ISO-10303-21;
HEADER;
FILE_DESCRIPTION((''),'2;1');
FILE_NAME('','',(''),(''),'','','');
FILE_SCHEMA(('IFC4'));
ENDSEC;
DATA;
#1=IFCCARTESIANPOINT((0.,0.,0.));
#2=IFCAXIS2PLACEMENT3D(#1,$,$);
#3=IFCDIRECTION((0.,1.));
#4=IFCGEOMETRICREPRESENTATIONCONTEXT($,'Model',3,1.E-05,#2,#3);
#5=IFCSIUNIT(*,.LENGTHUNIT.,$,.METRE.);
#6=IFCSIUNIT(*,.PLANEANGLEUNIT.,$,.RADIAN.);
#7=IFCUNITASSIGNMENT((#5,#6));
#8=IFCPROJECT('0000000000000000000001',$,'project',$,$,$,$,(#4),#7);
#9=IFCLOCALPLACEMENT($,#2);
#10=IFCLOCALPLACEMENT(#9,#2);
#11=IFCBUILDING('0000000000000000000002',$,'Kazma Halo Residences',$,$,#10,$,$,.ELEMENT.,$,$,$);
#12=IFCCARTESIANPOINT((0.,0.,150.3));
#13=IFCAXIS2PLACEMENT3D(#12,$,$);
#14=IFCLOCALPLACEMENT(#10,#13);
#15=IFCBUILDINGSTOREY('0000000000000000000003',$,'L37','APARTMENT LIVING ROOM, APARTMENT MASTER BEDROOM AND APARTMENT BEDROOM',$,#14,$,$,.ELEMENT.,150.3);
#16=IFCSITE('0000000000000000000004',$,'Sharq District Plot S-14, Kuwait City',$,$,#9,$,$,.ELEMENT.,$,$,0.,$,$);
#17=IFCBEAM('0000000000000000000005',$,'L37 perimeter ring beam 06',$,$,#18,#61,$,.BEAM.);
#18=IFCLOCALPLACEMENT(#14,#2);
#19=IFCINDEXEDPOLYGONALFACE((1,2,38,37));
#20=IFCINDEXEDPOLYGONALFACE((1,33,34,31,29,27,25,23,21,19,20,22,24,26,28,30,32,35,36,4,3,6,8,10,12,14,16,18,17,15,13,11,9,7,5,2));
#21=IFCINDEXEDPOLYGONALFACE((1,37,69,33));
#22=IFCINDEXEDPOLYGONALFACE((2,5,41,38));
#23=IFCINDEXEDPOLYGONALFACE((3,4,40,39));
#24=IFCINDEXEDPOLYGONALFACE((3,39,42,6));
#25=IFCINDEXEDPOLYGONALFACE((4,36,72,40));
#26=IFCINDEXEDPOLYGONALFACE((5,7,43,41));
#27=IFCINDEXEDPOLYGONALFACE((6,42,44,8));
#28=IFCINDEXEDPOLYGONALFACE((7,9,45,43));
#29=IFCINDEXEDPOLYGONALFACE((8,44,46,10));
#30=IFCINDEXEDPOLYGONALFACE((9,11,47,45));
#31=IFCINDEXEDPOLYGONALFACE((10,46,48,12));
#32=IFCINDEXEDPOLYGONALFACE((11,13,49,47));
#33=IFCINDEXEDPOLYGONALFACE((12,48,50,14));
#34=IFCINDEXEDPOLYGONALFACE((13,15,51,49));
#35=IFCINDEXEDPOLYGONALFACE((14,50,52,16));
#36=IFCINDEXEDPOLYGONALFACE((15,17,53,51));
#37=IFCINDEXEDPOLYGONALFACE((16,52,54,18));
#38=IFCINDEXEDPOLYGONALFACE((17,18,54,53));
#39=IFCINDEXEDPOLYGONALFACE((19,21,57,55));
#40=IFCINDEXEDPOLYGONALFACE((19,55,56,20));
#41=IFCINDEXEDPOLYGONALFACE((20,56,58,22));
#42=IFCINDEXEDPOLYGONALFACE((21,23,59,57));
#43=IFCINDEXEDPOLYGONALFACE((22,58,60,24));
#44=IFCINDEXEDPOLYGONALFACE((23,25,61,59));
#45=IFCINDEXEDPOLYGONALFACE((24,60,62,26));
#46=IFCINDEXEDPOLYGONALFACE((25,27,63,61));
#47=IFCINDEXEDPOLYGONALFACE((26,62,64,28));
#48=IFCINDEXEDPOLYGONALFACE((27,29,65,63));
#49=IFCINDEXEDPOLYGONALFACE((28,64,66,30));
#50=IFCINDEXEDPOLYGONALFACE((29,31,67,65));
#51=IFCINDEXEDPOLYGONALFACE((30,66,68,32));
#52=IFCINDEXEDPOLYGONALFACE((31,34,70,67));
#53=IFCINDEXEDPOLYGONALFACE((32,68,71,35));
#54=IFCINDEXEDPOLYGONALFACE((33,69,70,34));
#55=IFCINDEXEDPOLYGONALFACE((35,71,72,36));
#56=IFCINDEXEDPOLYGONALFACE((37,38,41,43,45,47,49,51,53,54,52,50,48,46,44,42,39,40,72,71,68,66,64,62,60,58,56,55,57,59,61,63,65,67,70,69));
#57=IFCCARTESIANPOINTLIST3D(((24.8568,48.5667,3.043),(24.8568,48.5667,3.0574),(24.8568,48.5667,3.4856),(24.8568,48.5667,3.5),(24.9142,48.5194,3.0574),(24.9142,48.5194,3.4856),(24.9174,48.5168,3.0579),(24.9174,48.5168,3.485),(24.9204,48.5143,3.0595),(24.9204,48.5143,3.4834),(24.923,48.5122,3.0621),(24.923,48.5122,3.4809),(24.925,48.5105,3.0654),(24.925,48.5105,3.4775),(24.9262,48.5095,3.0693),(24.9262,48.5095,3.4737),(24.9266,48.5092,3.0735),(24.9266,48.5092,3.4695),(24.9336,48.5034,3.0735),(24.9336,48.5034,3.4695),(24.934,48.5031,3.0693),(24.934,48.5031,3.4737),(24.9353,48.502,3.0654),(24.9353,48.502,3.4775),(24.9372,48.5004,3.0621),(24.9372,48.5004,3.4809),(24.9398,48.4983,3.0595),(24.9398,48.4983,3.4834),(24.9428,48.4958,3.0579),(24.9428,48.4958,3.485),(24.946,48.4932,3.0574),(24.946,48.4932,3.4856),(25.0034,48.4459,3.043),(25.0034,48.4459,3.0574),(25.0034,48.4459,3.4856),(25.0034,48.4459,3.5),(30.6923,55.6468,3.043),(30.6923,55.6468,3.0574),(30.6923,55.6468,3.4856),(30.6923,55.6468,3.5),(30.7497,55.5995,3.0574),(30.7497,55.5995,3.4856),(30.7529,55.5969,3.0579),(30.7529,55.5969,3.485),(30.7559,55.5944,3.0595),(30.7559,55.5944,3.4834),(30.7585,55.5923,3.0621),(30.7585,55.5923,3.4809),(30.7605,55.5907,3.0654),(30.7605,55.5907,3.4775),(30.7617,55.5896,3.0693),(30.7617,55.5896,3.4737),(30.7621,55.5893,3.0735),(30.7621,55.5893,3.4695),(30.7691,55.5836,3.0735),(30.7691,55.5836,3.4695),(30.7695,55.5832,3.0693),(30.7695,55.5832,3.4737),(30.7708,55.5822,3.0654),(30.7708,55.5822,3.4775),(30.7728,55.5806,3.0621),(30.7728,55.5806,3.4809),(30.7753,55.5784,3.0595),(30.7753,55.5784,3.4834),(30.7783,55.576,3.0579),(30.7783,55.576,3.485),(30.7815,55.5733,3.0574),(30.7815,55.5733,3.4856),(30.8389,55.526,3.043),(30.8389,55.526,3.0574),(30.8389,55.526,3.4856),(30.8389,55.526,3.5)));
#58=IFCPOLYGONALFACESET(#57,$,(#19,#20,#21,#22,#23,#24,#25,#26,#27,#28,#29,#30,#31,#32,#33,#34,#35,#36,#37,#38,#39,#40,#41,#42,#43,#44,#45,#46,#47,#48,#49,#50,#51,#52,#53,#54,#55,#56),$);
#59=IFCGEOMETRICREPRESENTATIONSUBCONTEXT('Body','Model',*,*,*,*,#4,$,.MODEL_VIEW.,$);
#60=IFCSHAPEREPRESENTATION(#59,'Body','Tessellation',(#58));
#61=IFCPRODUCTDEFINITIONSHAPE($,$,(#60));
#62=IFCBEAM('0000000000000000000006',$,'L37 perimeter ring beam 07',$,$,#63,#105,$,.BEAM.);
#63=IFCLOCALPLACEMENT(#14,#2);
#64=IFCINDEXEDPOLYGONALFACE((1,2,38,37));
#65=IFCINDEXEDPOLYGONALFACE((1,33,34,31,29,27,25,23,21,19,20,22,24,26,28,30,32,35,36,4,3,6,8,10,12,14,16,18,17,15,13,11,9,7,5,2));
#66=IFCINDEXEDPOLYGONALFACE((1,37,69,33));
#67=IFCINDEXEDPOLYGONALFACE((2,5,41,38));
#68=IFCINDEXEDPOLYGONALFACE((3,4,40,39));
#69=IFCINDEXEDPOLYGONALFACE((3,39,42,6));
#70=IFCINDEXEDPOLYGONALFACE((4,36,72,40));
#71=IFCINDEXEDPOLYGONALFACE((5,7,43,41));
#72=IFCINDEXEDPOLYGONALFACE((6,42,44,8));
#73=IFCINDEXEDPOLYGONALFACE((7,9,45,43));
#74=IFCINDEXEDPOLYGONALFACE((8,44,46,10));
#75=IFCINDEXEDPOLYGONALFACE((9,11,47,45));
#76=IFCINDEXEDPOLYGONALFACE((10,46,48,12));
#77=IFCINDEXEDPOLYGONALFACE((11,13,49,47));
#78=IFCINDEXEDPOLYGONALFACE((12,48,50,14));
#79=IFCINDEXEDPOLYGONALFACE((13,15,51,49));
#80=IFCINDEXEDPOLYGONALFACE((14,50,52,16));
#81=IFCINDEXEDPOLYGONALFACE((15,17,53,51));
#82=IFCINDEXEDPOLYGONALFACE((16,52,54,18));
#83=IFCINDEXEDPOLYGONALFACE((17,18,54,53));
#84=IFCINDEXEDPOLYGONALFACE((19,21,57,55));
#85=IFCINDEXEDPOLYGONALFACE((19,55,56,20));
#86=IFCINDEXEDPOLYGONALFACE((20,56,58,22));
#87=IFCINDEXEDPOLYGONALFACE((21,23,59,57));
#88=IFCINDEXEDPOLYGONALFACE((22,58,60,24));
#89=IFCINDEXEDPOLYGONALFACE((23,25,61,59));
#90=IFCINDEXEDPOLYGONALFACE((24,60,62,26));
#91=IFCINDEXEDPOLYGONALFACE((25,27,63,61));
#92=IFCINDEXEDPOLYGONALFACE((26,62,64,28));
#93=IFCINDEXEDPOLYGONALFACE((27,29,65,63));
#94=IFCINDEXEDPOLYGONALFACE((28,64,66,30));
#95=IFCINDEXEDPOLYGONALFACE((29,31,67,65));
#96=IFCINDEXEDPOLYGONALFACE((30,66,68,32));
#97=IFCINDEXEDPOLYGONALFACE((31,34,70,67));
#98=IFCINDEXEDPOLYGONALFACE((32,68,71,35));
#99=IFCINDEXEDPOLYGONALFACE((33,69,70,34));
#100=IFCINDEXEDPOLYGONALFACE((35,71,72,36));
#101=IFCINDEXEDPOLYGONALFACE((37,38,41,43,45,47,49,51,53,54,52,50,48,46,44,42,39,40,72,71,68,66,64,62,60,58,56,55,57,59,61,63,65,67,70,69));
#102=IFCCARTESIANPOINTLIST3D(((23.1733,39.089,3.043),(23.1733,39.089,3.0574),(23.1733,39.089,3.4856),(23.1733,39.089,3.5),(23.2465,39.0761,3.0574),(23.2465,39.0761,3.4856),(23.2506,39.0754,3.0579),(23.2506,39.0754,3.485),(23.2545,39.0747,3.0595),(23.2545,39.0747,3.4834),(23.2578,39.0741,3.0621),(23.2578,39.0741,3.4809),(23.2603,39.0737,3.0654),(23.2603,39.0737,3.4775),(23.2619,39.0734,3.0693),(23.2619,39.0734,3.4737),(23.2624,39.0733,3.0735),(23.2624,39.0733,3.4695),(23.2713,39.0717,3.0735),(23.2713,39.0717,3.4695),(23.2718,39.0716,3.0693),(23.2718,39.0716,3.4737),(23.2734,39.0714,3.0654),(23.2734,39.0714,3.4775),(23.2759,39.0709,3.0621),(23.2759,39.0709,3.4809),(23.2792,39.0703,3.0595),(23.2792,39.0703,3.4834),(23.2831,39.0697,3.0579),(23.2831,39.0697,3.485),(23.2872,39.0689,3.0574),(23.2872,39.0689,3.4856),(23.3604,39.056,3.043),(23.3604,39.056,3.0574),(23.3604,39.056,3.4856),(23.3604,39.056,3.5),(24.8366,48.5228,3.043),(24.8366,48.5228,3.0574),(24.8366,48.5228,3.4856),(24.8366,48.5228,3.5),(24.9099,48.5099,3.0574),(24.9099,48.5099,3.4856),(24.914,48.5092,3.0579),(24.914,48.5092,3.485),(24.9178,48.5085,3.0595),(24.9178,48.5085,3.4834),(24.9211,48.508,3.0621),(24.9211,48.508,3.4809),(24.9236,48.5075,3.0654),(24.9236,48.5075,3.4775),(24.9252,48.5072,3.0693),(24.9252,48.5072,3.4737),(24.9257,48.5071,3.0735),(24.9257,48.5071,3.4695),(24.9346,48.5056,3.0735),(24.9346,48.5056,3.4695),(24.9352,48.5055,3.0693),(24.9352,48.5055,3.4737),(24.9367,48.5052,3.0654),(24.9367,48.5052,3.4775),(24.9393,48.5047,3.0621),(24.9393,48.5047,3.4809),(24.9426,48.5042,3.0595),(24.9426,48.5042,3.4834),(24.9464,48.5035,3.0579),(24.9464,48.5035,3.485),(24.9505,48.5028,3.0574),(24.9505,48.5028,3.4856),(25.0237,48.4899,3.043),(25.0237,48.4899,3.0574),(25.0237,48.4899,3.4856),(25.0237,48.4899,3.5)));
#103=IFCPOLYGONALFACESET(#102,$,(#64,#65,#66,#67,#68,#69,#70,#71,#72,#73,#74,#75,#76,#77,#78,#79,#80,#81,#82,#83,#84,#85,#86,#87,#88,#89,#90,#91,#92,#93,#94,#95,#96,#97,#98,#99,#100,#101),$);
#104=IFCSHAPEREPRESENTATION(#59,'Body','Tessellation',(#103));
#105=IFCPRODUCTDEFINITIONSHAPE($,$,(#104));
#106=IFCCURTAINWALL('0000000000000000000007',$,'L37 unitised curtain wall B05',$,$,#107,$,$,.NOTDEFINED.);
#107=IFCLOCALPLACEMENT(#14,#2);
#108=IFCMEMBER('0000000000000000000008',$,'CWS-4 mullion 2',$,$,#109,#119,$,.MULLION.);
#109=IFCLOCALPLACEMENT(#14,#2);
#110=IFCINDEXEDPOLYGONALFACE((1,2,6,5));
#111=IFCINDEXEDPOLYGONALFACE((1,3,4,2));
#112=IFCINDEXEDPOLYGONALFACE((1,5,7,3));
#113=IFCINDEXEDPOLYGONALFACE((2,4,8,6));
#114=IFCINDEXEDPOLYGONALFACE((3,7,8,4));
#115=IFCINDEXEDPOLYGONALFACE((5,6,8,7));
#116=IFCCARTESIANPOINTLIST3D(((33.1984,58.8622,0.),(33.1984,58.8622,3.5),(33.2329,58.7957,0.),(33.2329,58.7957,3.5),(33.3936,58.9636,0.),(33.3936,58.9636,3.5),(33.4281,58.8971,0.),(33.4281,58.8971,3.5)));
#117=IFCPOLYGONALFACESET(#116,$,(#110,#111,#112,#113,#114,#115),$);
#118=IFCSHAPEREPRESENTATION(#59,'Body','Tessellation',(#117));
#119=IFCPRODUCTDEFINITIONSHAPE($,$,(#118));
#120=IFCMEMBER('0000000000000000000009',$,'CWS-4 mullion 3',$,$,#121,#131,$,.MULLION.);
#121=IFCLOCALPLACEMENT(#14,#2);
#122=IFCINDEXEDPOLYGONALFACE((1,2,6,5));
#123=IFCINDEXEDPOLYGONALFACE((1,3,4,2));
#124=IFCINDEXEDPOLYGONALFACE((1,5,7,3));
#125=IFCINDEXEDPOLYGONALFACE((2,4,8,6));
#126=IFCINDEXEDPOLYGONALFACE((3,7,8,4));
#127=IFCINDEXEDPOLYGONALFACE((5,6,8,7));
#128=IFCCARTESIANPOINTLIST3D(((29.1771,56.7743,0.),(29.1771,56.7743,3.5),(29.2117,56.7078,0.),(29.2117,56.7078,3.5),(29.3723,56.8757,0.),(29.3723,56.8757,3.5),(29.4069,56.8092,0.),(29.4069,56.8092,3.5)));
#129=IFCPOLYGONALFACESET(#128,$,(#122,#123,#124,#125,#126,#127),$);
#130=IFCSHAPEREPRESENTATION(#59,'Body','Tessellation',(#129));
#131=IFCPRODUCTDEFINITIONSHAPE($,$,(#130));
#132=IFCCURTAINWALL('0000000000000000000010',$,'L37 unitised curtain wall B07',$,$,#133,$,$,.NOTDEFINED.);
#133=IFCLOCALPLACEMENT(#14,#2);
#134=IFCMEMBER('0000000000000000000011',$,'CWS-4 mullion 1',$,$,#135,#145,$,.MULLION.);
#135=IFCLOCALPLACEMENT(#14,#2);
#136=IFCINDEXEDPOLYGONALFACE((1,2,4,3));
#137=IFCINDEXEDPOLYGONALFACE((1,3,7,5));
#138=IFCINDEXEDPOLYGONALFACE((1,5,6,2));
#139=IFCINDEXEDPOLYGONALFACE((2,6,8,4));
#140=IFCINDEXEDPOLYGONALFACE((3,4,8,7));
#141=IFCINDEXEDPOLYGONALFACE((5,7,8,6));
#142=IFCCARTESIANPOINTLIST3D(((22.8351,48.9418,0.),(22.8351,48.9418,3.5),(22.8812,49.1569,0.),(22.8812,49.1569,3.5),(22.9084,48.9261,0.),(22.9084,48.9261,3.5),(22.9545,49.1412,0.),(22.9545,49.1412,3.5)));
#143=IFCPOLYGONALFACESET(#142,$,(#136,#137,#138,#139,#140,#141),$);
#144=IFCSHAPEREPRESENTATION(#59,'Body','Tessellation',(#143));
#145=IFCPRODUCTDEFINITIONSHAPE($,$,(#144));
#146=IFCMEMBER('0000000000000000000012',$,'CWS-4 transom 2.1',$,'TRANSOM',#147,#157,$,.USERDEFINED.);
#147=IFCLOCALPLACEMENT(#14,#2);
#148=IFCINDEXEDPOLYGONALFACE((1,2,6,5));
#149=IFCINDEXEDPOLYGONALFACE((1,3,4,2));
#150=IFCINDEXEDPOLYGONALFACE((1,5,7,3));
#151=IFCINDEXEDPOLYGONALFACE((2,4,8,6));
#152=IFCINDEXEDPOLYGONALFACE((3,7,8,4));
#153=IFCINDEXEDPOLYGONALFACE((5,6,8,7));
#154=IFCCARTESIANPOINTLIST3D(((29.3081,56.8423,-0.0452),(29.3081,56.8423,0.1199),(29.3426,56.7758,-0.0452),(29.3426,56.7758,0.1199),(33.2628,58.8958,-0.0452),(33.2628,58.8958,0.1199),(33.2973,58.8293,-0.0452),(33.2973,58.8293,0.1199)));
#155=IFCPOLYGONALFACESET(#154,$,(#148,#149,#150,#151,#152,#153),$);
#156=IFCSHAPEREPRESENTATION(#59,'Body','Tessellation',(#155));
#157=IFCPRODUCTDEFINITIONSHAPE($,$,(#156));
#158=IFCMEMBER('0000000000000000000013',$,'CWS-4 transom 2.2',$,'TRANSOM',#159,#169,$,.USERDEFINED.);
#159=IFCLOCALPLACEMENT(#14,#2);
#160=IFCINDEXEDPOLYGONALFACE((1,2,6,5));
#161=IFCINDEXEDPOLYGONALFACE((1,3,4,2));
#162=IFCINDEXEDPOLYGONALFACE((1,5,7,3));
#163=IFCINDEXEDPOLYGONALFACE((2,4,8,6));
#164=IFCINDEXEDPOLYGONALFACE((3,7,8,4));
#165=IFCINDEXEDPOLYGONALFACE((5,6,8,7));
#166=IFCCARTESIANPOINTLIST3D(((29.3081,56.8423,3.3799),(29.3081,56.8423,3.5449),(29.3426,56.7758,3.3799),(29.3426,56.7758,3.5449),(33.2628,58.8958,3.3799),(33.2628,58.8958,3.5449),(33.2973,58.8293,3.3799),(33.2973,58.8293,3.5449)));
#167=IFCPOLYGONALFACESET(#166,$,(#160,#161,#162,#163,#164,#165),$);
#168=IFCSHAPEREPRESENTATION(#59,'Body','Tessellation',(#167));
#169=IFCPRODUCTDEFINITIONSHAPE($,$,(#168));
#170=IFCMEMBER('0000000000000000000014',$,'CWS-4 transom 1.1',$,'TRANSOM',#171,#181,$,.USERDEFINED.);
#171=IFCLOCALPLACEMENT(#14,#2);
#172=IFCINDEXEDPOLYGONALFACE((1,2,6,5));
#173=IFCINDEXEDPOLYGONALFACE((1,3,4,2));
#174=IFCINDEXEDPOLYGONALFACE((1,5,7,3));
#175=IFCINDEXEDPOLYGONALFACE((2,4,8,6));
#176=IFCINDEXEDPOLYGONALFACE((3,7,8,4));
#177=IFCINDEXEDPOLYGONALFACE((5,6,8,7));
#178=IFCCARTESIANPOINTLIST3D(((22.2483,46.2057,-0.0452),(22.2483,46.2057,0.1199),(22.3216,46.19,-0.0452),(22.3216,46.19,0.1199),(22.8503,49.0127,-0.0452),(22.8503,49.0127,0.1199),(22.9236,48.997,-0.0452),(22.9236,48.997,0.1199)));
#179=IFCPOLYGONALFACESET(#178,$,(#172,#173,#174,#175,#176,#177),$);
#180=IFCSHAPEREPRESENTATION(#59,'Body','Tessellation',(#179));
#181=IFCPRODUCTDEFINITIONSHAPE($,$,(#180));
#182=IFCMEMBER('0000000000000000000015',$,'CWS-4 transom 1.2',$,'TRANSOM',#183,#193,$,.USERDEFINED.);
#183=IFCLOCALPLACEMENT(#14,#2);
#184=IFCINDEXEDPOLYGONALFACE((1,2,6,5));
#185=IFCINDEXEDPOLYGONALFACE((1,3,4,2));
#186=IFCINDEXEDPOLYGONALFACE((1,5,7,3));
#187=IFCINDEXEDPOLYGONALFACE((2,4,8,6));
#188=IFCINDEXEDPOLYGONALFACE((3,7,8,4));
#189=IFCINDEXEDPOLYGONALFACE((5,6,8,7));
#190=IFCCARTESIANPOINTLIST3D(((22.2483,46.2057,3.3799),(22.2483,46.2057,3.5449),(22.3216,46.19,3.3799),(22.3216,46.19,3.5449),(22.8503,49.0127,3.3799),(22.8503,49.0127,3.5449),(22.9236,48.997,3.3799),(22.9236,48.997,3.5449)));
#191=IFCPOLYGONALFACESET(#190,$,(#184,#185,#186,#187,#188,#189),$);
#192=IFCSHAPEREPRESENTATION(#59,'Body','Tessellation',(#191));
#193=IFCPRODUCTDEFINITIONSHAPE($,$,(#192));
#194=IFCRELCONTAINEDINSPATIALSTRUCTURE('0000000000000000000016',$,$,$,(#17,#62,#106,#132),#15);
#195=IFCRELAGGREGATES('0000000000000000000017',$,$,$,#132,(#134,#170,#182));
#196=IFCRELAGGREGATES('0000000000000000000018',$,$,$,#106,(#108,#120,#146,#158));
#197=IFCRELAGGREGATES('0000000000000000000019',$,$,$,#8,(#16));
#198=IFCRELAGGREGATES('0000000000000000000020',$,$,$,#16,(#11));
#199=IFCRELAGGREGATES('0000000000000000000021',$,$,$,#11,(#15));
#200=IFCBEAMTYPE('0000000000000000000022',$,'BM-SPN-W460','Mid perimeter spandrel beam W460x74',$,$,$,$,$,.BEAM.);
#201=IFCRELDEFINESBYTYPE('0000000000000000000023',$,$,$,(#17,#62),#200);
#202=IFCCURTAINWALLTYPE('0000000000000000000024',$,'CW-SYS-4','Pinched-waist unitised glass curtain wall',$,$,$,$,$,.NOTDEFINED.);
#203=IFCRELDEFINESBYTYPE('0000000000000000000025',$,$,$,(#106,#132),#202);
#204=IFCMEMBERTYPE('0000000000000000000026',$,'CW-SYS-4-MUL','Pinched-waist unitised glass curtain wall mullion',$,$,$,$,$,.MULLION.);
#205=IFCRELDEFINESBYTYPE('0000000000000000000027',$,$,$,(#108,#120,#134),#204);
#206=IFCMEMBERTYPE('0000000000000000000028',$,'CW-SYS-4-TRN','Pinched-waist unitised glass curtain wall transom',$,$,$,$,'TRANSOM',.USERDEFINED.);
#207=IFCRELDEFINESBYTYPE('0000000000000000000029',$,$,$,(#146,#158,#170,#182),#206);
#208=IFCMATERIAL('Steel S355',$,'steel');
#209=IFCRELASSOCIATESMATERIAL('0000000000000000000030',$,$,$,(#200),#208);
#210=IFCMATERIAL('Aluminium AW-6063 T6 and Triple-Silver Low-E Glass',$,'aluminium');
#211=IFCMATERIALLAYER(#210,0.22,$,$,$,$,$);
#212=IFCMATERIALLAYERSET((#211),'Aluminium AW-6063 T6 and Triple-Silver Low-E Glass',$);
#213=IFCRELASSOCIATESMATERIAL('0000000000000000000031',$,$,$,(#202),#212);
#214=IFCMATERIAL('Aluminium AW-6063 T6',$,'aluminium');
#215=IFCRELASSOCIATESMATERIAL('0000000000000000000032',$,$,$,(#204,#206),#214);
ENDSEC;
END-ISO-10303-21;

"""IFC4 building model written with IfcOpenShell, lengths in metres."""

from ifc_helpers import new_model, si_unit, direction, frame, origin, origin_2d, place, context, subcontext, project, spatial, rectangle, i_section, extrude, material, layer, layer_set, material_profile, profile_set, type_object, element, aggregate, save


model = new_model("IFC4")

# Units and contexts
model_context = context("Model", 3, precision=1e-05, world=origin(), true_north=direction((0.0, 1.0)))
body_context = subcontext(model_context, "Body", "Model", "MODEL_VIEW")
ifc_project = project(units=[si_unit("LENGTHUNIT", "METRE"), si_unit("PLANEANGLEUNIT", "RADIAN")], contexts=[model_context])

# Site, building, storey
site_placement = place(None, origin())
site = spatial("IfcSite", under=ifc_project, at=site_placement, Name="Sharq District Plot S-14, Kuwait City", CompositionType="ELEMENT", RefElevation=0.0)
building_placement = place(site_placement, origin())
building = spatial("IfcBuilding", under=site, at=building_placement, Name="Kazma Halo Residences", CompositionType="ELEMENT")
storey_placement = place(building_placement, frame((0.0, 0.0, 150.3)))
storey = spatial("IfcBuildingStorey", under=building, at=storey_placement, Name="L37", Description="APARTMENT LIVING ROOM, APARTMENT MASTER BEDROOM AND APARTMENT BEDROOM", CompositionType="ELEMENT", Elevation=150.3)

# Beams
ifc_material_1 = material(Name="Steel S355", Category="steel")
ifc_material_profile_1 = material_profile(ifc_material_1, i_section(OverallWidth=0.1899, OverallDepth=0.457, WebThickness=0.009, FlangeThickness=0.0144, FilletRadius=0.0161, at=origin_2d()), Name="W460x74")
ifc_profile_set_1 = profile_set([ifc_material_profile_1], Name="Steel S355")
beam_type_1 = type_object("IfcBeamType", Name="BM-SPN-W460", Description="Mid perimeter spandrel beam W460x74", PredefinedType="BEAM", material=ifc_profile_set_1)
beam_1_placement = place(storey_placement, frame((30.7656, 55.5864, 3.2715), z_axis=(-0.636019, -0.771674, 0.0), x_axis=(0.771674, -0.636019, 0.0)))
element("IfcBeam", 1, at=beam_1_placement, inside=storey, type_object=beam_type_1, Name="L37 perimeter ring beam 06", PredefinedType="BEAM", context=body_context, shape_type="SweptSolid", body=[
    extrude(i_section(OverallWidth=0.1899, OverallDepth=0.457, WebThickness=0.009, FlangeThickness=0.0144, FilletRadius=0.0161, at=origin_2d()), origin(), (0.0, 0.0, 1.0), 9.175),
])
beam_2_placement = place(storey_placement, frame((24.9302, 48.5063, 3.2715), z_axis=(-0.173637, -0.98481, 0.0), x_axis=(0.98481, -0.173637, 0.0)))
element("IfcBeam", 2, at=beam_2_placement, inside=storey, type_object=beam_type_1, Name="L37 perimeter ring beam 07", PredefinedType="BEAM", context=body_context, shape_type="SweptSolid", body=[
    extrude(i_section(OverallWidth=0.1899, OverallDepth=0.457, WebThickness=0.009, FlangeThickness=0.0144, FilletRadius=0.0161, at=origin_2d()), origin(), (0.0, 0.0, 1.0), 9.5793),
])

# Curtain wall, members
ifc_material_2 = material(Name="Aluminium AW-6063 T6 and Triple-Silver Low-E Glass", Category="aluminium")
ifc_layer_1 = layer(ifc_material_2, 0.22)
ifc_layer_set_1 = layer_set([ifc_layer_1], Name="Aluminium AW-6063 T6 and Triple-Silver Low-E Glass")
curtain_wall_type = type_object("IfcCurtainWallType", Name="CW-SYS-4", Description="Pinched-waist unitised glass curtain wall", PredefinedType="NOTDEFINED", material=ifc_layer_set_1)
curtain_wall_1_placement = place(storey_placement, origin())
curtain_wall_1 = element("IfcCurtainWall", 3, at=curtain_wall_1_placement, inside=storey, type_object=curtain_wall_type, Name="L37 unitised curtain wall B05", PredefinedType="NOTDEFINED")
ifc_material_3 = material(Name="Aluminium AW-6063 T6", Category="aluminium")
ifc_material_profile_2 = material_profile(ifc_material_3, rectangle(XDim=0.075, YDim=0.22, at=origin_2d()), Name="CWM-75x220")
ifc_profile_set_2 = profile_set([ifc_material_profile_2], Name="Aluminium AW-6063 T6")
member_type_1 = type_object("IfcMemberType", Name="CW-SYS-4-MUL", Description="Pinched-waist unitised glass curtain wall mullion", PredefinedType="MULLION", material=ifc_profile_set_2)
member_1_placement = place(storey_placement, frame((33.3132, 58.8796, 0.0), z_axis=(0.0, 0.0, 1.0), x_axis=(0.460837, -0.887485, 0.0)))
member_1 = element("IfcMember", 4, at=member_1_placement, type_object=member_type_1, Name="CWS-4 mullion 2", PredefinedType="MULLION", context=body_context, shape_type="SweptSolid", body=[
    extrude(rectangle(XDim=0.075, YDim=0.22, at=origin_2d()), origin(), (0.0, 0.0, 1.0), 3.5),
])
member_2_placement = place(storey_placement, frame((29.292, 56.7917, 0.0), z_axis=(0.0, 0.0, 1.0), x_axis=(0.460837, -0.887485, 0.0)))
member_2 = element("IfcMember", 5, at=member_2_placement, type_object=member_type_1, Name="CWS-4 mullion 3", PredefinedType="MULLION", context=body_context, shape_type="SweptSolid", body=[
    extrude(rectangle(XDim=0.075, YDim=0.22, at=origin_2d()), origin(), (0.0, 0.0, 1.0), 3.5),
])

# Curtain wall, member
curtain_wall_2_placement = place(storey_placement, origin())
curtain_wall_2 = element("IfcCurtainWall", 6, at=curtain_wall_2_placement, inside=storey, type_object=curtain_wall_type, Name="L37 unitised curtain wall B07", PredefinedType="NOTDEFINED")
member_3_placement = place(storey_placement, frame((22.8948, 49.0415, 0.0), z_axis=(0.0, 0.0, 1.0), x_axis=(0.977765, -0.209704, 0.0)))
member_3 = element("IfcMember", 7, at=member_3_placement, type_object=member_type_1, Name="CWS-4 mullion 1", PredefinedType="MULLION", context=body_context, shape_type="SweptSolid", body=[
    extrude(rectangle(XDim=0.075, YDim=0.22, at=origin_2d()), origin(), (0.0, 0.0, 1.0), 3.5),
])

# Members
ifc_material_profile_3 = material_profile(ifc_material_3, rectangle(XDim=0.075, YDim=0.165, at=origin_2d()), Name="CWT-75x165")
ifc_profile_set_3 = profile_set([ifc_material_profile_3], Name="Aluminium AW-6063 T6")
member_type_2 = type_object("IfcMemberType", Name="CW-SYS-4-TRN", Description="Pinched-waist unitised glass curtain wall transom", ElementType="TRANSOM", PredefinedType="USERDEFINED", material=ifc_profile_set_3)
member_4_placement = place(storey_placement, frame((33.28, 58.8625, 0.0374), z_axis=(-0.887485, -0.460837, 0.0), x_axis=(0.460837, -0.887485, 0.0)))
member_4 = element("IfcMember", 8, at=member_4_placement, type_object=member_type_2, Name="CWS-4 transom 2.1", ObjectType="TRANSOM", PredefinedType="USERDEFINED", context=body_context, shape_type="SweptSolid", body=[
    extrude(rectangle(XDim=0.075, YDim=0.165, at=origin_2d()), origin(), (0.0, 0.0, 1.0), 4.4561),
])
member_5_placement = place(storey_placement, frame((33.28, 58.8625, 3.4624), z_axis=(-0.887485, -0.460837, 0.0), x_axis=(0.460837, -0.887485, 0.0)))
member_5 = element("IfcMember", 9, at=member_5_placement, type_object=member_type_2, Name="CWS-4 transom 2.2", ObjectType="TRANSOM", PredefinedType="USERDEFINED", context=body_context, shape_type="SweptSolid", body=[
    extrude(rectangle(XDim=0.075, YDim=0.165, at=origin_2d()), origin(), (0.0, 0.0, 1.0), 4.4561),
])
member_6_placement = place(storey_placement, frame((22.887, 49.0049, 0.0374), z_axis=(-0.209703, -0.977765, 0.0), x_axis=(0.977765, -0.209703, 0.0)))
member_6 = element("IfcMember", 10, at=member_6_placement, type_object=member_type_2, Name="CWS-4 transom 1.1", ObjectType="TRANSOM", PredefinedType="USERDEFINED", context=body_context, shape_type="SweptSolid", body=[
    extrude(rectangle(XDim=0.075, YDim=0.165, at=origin_2d()), origin(), (0.0, 0.0, 1.0), 2.8708),
])
member_7_placement = place(storey_placement, frame((22.887, 49.0049, 3.4624), z_axis=(-0.209703, -0.977765, 0.0), x_axis=(0.977765, -0.209703, 0.0)))
member_7 = element("IfcMember", 11, at=member_7_placement, type_object=member_type_2, Name="CWS-4 transom 1.2", ObjectType="TRANSOM", PredefinedType="USERDEFINED", context=body_context, shape_type="SweptSolid", body=[
    extrude(rectangle(XDim=0.075, YDim=0.165, at=origin_2d()), origin(), (0.0, 0.0, 1.0), 2.8708),
])
aggregate(curtain_wall_2, [member_3, member_6, member_7])

aggregate(curtain_wall_1, [member_1, member_2, member_4, member_5])

save(model, "model.ifc")
